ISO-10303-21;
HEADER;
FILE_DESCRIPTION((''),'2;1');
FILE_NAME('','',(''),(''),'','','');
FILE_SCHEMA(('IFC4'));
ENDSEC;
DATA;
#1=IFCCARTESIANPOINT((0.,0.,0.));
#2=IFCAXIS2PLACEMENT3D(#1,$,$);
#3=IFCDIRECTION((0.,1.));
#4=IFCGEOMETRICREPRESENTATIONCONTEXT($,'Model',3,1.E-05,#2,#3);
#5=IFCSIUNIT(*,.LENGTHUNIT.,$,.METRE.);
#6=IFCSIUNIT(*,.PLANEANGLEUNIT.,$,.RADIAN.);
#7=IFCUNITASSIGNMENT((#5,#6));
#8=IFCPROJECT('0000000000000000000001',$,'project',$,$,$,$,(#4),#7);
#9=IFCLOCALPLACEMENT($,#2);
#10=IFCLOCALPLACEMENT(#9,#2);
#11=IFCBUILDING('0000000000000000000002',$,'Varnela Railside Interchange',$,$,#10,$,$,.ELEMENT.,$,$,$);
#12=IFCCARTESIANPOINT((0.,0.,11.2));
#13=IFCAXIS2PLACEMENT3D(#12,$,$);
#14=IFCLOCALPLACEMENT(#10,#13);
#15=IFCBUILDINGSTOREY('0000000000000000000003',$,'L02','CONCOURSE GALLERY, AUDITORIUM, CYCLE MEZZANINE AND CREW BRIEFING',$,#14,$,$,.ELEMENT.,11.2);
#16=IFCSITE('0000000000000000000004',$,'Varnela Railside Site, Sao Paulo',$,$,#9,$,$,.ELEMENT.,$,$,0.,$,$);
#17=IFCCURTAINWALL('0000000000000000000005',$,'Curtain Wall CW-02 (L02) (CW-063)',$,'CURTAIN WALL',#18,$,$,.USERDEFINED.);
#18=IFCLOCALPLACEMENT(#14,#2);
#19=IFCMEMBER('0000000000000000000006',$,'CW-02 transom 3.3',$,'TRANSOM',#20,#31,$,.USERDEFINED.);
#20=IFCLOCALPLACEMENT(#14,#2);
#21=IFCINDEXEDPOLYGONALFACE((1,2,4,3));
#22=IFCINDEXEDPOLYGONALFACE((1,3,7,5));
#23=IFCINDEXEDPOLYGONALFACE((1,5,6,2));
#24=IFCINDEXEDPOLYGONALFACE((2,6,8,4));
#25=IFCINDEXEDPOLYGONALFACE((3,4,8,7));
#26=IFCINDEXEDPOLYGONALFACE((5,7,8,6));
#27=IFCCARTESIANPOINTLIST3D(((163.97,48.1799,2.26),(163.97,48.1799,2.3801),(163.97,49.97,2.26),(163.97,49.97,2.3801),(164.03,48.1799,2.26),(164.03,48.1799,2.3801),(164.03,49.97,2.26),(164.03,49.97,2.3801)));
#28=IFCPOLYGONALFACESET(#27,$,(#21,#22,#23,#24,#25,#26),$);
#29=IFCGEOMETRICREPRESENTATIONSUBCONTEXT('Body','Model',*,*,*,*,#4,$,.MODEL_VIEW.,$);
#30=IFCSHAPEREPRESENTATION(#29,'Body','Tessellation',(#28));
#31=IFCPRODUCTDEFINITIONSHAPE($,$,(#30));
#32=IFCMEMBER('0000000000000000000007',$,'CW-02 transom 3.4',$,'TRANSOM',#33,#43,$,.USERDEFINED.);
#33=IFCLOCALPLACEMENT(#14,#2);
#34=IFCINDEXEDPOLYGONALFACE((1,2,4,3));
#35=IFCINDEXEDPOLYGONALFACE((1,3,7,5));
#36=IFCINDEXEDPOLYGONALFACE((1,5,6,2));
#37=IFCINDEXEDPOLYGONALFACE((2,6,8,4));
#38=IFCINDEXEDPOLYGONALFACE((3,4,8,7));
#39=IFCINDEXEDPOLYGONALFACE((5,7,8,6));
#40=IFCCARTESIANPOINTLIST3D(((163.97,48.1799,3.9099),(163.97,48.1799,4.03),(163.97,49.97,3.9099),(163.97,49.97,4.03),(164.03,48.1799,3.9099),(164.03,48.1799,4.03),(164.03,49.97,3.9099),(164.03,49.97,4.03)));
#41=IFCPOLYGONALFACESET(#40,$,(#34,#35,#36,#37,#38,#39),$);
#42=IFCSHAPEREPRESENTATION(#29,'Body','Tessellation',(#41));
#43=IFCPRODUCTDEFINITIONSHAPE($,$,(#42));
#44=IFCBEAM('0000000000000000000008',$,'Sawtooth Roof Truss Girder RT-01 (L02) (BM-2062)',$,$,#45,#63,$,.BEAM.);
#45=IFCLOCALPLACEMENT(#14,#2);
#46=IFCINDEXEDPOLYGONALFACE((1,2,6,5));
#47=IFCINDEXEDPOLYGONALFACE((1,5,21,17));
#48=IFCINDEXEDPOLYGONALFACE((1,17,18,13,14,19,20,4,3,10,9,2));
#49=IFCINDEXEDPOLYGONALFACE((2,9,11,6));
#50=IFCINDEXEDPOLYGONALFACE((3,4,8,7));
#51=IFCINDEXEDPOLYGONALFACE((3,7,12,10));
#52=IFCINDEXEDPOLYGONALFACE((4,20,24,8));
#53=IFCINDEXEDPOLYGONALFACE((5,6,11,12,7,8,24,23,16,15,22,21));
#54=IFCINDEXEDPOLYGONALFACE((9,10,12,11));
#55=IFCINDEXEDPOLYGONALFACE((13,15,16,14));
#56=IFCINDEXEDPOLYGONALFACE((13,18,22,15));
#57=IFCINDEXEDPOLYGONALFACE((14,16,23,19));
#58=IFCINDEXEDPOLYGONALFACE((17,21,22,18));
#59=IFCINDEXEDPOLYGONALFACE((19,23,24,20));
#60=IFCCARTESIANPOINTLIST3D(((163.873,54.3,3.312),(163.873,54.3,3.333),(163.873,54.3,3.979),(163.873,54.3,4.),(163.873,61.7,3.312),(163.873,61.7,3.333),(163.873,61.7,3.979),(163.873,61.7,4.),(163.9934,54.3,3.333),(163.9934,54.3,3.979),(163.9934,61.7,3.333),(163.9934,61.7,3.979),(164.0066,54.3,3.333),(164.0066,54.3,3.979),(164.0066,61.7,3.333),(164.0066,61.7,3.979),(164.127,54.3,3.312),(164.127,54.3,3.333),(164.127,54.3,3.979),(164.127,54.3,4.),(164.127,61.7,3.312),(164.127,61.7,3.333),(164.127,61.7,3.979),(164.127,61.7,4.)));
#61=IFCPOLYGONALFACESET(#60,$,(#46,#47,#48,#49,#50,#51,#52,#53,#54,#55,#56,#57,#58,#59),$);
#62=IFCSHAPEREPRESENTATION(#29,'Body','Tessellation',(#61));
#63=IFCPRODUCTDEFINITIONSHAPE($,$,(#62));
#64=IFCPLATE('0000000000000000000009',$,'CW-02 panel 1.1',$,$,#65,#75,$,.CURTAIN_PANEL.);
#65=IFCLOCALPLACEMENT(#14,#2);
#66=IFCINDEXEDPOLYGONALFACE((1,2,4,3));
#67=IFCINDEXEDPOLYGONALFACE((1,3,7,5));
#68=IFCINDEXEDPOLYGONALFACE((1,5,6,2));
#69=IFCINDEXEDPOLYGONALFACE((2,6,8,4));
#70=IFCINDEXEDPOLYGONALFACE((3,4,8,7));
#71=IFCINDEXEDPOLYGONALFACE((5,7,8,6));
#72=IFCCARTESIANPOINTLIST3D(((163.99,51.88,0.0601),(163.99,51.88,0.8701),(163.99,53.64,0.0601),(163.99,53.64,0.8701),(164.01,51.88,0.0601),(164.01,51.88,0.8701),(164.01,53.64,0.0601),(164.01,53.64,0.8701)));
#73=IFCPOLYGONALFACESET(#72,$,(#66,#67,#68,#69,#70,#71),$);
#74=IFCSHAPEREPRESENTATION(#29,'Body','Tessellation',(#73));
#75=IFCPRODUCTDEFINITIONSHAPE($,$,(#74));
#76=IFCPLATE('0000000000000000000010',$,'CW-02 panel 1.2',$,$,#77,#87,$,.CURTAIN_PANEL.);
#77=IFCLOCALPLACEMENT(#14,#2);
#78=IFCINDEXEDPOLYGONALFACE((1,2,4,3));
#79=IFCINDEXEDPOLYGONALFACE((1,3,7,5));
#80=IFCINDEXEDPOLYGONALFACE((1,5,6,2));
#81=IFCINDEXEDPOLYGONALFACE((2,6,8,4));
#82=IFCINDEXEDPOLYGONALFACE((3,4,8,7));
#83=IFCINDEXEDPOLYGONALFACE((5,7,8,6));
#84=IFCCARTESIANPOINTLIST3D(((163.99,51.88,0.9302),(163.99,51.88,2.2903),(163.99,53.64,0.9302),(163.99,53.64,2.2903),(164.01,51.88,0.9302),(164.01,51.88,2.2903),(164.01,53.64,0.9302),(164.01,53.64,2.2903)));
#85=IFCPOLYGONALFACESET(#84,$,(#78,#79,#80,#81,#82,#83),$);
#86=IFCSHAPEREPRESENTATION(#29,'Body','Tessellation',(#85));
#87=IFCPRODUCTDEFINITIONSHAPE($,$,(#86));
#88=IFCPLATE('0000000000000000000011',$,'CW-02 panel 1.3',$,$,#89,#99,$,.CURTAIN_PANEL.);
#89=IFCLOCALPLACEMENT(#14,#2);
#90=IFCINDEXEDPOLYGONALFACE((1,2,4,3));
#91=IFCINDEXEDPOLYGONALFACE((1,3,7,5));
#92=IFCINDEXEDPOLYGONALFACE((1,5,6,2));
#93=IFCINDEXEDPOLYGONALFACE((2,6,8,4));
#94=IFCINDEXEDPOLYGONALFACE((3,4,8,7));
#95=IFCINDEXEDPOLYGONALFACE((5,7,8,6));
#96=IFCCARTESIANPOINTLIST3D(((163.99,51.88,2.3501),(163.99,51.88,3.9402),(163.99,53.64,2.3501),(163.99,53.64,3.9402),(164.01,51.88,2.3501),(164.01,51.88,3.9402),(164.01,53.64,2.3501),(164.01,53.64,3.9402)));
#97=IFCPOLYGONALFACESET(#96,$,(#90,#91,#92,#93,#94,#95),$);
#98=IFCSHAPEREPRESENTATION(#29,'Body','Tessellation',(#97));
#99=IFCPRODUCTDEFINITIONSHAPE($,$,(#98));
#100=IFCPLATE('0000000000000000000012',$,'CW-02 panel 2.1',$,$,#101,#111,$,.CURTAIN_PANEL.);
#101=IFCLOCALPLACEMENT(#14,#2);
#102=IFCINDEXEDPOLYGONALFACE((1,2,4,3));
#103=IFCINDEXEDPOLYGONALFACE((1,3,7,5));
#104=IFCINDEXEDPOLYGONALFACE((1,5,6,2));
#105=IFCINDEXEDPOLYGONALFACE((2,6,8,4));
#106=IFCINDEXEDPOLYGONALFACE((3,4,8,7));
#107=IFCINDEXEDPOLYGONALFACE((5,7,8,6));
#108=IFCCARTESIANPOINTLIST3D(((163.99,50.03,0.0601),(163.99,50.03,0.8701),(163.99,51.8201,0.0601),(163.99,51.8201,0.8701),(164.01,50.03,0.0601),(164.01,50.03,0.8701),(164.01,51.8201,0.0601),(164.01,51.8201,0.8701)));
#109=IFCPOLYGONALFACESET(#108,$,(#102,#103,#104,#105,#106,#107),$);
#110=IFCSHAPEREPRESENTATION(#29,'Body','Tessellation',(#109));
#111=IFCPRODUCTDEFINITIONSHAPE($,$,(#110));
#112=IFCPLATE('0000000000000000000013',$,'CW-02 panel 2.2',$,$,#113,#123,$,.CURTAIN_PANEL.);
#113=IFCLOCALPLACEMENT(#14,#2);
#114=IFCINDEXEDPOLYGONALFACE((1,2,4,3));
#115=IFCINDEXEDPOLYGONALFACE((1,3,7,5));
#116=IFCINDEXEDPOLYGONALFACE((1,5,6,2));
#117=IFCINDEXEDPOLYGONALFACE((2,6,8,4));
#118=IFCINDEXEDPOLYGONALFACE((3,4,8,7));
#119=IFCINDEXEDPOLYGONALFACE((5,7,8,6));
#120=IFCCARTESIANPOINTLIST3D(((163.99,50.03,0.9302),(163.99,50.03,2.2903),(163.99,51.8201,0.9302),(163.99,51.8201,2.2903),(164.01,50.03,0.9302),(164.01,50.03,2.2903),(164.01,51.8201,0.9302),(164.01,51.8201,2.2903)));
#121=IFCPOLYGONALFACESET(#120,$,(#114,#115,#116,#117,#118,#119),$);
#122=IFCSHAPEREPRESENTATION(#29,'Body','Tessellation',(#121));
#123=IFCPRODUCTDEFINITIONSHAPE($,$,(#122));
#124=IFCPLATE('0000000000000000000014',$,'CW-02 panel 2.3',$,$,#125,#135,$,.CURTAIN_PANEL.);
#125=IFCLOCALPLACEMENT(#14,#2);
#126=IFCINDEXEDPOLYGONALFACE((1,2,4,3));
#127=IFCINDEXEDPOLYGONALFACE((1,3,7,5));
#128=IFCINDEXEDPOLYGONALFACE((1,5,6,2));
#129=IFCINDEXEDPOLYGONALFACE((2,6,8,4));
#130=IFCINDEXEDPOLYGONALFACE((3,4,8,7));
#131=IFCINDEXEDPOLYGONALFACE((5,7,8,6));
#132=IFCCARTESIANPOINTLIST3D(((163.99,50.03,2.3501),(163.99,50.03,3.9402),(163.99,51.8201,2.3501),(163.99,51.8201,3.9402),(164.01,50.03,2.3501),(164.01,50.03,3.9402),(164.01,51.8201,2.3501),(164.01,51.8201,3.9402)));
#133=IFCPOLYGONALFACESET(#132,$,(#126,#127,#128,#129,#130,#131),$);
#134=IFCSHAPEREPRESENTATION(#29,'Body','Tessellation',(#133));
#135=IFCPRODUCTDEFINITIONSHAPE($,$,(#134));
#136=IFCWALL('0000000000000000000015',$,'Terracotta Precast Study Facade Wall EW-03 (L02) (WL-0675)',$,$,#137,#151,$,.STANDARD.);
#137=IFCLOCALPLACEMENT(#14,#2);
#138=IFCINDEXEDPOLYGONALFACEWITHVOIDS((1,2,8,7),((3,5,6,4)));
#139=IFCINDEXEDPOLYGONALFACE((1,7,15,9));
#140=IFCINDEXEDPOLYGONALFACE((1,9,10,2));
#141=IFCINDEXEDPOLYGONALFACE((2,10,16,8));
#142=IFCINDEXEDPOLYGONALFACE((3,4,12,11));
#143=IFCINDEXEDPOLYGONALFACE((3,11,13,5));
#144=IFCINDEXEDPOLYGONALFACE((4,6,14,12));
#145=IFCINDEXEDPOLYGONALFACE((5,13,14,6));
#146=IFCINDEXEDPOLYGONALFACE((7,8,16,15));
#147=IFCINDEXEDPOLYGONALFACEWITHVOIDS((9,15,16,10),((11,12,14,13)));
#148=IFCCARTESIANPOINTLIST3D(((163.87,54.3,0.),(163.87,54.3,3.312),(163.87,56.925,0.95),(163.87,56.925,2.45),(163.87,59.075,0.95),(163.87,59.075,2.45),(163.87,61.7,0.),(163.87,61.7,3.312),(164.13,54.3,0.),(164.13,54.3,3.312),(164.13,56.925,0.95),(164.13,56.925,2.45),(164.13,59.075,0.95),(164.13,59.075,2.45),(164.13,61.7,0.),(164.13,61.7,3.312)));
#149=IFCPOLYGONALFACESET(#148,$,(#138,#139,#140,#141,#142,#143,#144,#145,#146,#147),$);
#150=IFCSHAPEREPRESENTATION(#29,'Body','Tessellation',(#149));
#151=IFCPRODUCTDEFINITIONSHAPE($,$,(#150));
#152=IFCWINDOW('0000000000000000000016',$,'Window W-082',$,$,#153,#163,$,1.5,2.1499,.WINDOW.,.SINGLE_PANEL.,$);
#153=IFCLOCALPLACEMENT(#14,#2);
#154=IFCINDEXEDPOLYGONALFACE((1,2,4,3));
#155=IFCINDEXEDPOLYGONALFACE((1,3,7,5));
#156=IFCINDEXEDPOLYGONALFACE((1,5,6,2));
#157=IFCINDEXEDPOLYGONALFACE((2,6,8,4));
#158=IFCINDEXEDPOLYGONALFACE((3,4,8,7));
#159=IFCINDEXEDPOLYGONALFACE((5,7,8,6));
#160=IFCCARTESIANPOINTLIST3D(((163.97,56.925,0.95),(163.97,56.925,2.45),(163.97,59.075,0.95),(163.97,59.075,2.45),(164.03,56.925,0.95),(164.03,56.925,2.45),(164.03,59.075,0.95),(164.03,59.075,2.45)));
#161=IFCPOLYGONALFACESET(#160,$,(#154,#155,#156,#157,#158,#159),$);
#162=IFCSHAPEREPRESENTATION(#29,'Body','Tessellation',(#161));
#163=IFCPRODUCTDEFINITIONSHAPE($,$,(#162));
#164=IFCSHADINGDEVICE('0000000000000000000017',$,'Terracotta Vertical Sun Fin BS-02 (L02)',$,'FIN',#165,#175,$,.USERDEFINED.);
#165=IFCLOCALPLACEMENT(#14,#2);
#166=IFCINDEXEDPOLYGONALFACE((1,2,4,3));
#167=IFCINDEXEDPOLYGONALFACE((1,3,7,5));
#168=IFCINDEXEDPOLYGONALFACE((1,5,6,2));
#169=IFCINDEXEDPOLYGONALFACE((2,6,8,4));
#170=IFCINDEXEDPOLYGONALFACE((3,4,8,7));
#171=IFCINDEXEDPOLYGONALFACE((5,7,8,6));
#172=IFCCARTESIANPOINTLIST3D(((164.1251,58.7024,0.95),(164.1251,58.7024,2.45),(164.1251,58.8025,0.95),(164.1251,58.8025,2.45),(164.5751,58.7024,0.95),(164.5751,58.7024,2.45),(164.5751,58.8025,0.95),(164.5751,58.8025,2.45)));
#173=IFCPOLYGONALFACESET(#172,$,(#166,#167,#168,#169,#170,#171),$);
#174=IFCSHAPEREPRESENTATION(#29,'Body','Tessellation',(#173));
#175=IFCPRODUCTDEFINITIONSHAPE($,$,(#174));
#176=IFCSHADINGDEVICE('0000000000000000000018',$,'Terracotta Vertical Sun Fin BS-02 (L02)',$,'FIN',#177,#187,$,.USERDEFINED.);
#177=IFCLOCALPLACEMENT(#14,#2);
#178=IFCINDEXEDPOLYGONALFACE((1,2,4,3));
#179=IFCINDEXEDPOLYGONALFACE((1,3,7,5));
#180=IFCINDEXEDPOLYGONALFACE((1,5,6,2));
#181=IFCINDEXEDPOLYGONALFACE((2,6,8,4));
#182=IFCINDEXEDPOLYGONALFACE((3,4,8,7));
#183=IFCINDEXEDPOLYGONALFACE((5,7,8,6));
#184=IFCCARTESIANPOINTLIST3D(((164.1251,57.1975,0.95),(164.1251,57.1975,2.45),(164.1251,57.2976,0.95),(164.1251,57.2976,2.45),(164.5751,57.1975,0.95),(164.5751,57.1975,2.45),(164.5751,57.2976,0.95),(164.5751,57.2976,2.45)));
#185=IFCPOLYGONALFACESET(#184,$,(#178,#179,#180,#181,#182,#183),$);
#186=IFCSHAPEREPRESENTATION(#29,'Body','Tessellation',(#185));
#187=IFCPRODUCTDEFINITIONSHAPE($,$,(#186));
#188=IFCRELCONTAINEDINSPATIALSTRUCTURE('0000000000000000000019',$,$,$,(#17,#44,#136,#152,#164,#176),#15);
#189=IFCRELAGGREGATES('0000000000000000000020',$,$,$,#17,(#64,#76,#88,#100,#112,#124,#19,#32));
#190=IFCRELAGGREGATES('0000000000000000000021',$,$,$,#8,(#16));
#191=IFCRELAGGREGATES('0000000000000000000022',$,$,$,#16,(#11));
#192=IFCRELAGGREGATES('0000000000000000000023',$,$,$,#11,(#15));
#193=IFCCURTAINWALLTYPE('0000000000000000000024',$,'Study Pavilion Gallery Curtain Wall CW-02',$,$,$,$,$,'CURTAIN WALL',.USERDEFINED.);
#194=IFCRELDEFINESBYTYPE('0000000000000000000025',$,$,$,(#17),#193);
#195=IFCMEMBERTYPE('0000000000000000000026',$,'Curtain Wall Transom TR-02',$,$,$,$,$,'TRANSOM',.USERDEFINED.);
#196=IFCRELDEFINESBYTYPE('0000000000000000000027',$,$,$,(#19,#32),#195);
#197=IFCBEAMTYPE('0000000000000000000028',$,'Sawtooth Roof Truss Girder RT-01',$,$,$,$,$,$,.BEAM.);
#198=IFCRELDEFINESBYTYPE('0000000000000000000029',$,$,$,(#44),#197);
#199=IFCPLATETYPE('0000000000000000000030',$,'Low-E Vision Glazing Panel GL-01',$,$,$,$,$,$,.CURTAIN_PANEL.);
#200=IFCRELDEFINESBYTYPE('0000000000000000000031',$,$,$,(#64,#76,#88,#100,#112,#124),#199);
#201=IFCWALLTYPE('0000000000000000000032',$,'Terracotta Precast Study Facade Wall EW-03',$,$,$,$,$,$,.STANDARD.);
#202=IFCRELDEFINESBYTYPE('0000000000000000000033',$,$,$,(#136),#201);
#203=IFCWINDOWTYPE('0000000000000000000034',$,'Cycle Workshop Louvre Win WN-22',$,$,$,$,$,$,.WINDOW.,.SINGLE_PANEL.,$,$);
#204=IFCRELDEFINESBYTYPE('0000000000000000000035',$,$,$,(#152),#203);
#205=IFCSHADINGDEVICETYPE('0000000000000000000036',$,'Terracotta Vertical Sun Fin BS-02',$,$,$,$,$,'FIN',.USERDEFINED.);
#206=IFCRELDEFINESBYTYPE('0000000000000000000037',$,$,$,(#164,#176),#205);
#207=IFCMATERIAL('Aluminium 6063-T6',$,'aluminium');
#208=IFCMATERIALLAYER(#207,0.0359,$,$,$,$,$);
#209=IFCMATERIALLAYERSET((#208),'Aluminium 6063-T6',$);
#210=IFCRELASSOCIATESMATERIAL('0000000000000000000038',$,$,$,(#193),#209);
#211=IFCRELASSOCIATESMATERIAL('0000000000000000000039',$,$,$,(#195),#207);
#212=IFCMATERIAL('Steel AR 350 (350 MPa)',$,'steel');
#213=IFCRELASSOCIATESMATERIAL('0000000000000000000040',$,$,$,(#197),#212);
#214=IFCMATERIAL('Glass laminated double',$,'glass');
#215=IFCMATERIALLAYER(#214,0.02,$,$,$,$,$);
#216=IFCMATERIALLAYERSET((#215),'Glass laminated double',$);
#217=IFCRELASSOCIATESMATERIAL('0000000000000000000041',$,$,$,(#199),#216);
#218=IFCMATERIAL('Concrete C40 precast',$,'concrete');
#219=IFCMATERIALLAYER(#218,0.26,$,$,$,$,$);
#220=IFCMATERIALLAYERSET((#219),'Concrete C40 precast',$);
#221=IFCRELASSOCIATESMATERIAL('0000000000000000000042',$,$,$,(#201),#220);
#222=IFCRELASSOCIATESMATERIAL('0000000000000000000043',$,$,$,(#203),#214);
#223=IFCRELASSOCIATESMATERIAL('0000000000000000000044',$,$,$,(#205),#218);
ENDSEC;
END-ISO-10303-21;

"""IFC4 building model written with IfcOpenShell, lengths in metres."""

from ifc_helpers import new_model, si_unit, direction, frame, frame_2d, origin, origin_2d, place, context, subcontext, project, spatial, rectangle, i_section, extrude, material, layer, layer_set, material_profile, profile_set, type_object, element, fill, aggregate, save


model = new_model("IFC4")

# Units and contexts
model_context = context("Model", 3, precision=1e-05, world=origin(), true_north=direction((0.0, 1.0)))
body_context = subcontext(model_context, "Body", "Model", "MODEL_VIEW")
ifc_project = project(units=[si_unit("LENGTHUNIT", "METRE"), si_unit("PLANEANGLEUNIT", "RADIAN")], contexts=[model_context])

# Site, building, storey
site_placement = place(None, origin())
site = spatial("IfcSite", under=ifc_project, at=site_placement, Name="Varnela Railside Site, Sao Paulo", CompositionType="ELEMENT", RefElevation=0.0)
building_placement = place(site_placement, origin())
building = spatial("IfcBuilding", under=site, at=building_placement, Name="Varnela Railside Interchange", CompositionType="ELEMENT")
storey_placement = place(building_placement, frame((0.0, 0.0, 11.2)))
storey = spatial("IfcBuildingStorey", under=building, at=storey_placement, Name="L02", Description="CONCOURSE GALLERY, AUDITORIUM, CYCLE MEZZANINE AND CREW BRIEFING", CompositionType="ELEMENT", Elevation=11.2)

# Curtain wall, members
ifc_material_1 = material(Name="Aluminium 6063-T6", Category="aluminium")
ifc_layer_1 = layer(ifc_material_1, 0.0359)
ifc_layer_set_1 = layer_set([ifc_layer_1], Name="Aluminium 6063-T6")
curtain_wall_type = type_object("IfcCurtainWallType", Name="Study Pavilion Gallery Curtain Wall CW-02", ElementType="CURTAIN WALL", PredefinedType="USERDEFINED", material=ifc_layer_set_1)
curtain_wall_placement = place(storey_placement, origin())
curtain_wall = element("IfcCurtainWall", 1, at=curtain_wall_placement, inside=storey, type_object=curtain_wall_type, Name="Curtain Wall CW-02 (L02) (CW-063)", ObjectType="CURTAIN WALL", PredefinedType="USERDEFINED")
ifc_material_profile_1 = material_profile(ifc_material_1, rectangle(XDim=0.0601, YDim=0.1201, at=origin_2d()), Name="ALU 60x120")
ifc_profile_set_1 = profile_set([ifc_material_profile_1], Name="Aluminium 6063-T6")
member_type_1 = type_object("IfcMemberType", Name="Curtain Wall Transom TR-02", ElementType="TRANSOM", PredefinedType="USERDEFINED", material=ifc_profile_set_1)
member_1_placement = place(storey_placement, frame((164.0, 49.97, 2.3201), z_axis=(0.0, -1.0, 0.0), x_axis=(1.0, 0.0, 0.0)))
member_1 = element("IfcMember", 2, at=member_1_placement, type_object=member_type_1, Name="CW-02 transom 3.3", ObjectType="TRANSOM", PredefinedType="USERDEFINED", context=body_context, shape_type="SweptSolid", body=[
    extrude(rectangle(XDim=0.0601, YDim=0.1201, at=origin_2d()), origin(), (0.0, 0.0, 1.0), 1.79),
])
member_2_placement = place(storey_placement, frame((164.0, 49.97, 3.97), z_axis=(0.0, -1.0, 0.0), x_axis=(1.0, 0.0, 0.0)))
member_2 = element("IfcMember", 3, at=member_2_placement, type_object=member_type_1, Name="CW-02 transom 3.4", ObjectType="TRANSOM", PredefinedType="USERDEFINED", context=body_context, shape_type="SweptSolid", body=[
    extrude(rectangle(XDim=0.0601, YDim=0.1201, at=origin_2d()), origin(), (0.0, 0.0, 1.0), 1.79),
])

# Beam
ifc_material_2 = material(Name="Steel AR 350 (350 MPa)", Category="steel")
ifc_material_profile_2 = material_profile(ifc_material_2, i_section(OverallWidth=0.2539, OverallDepth=0.688, WebThickness=0.0132, FlangeThickness=0.021, at=origin_2d()), Name="W690x152")
ifc_profile_set_2 = profile_set([ifc_material_profile_2], Name="Steel AR 350 (350 MPa)")
beam_type = type_object("IfcBeamType", Name="Sawtooth Roof Truss Girder RT-01", PredefinedType="BEAM", material=ifc_profile_set_2)
beam_placement = place(storey_placement, frame((164.0, 54.3, 3.656), z_axis=(0.0, 1.0, 0.0), x_axis=(-1.0, 0.0, 0.0)))
element("IfcBeam", 4, at=beam_placement, inside=storey, type_object=beam_type, Name="Sawtooth Roof Truss Girder RT-01 (L02) (BM-2062)", PredefinedType="BEAM", context=body_context, shape_type="SweptSolid", body=[
    extrude(i_section(OverallWidth=0.2539, OverallDepth=0.688, WebThickness=0.0132, FlangeThickness=0.021, at=origin_2d()), origin(), (0.0, 0.0, 1.0), 7.3999),
])

# Plates
ifc_material_3 = material(Name="Glass laminated double", Category="glass")
ifc_layer_2 = layer(ifc_material_3, 0.02)
ifc_layer_set_2 = layer_set([ifc_layer_2], Name="Glass laminated double")
plate_type = type_object("IfcPlateType", Name="Low-E Vision Glazing Panel GL-01", PredefinedType="CURTAIN_PANEL", material=ifc_layer_set_2)
plate_1_placement = place(storey_placement, frame((164.0, 52.76, 0.0601), z_axis=(0.0, 0.0, 1.0), x_axis=(0.0, -1.0, 0.0)))
plate_1 = element("IfcPlate", 5, at=plate_1_placement, type_object=plate_type, Name="CW-02 panel 1.1", PredefinedType="CURTAIN_PANEL", context=body_context, shape_type="SweptSolid", body=[
    extrude(rectangle(XDim=1.76, YDim=0.02, at=origin_2d()), origin(), (0.0, 0.0, 1.0), 0.8101),
])
plate_2_placement = place(storey_placement, frame((164.0, 52.76, 0.9302), z_axis=(0.0, 0.0, 1.0), x_axis=(0.0, -1.0, 0.0)))
plate_2 = element("IfcPlate", 6, at=plate_2_placement, type_object=plate_type, Name="CW-02 panel 1.2", PredefinedType="CURTAIN_PANEL", context=body_context, shape_type="SweptSolid", body=[
    extrude(rectangle(XDim=1.76, YDim=0.02, at=origin_2d()), origin(), (0.0, 0.0, 1.0), 1.3601),
])
plate_3_placement = place(storey_placement, frame((164.0, 52.76, 2.3501), z_axis=(0.0, 0.0, 1.0), x_axis=(0.0, -1.0, 0.0)))
plate_3 = element("IfcPlate", 7, at=plate_3_placement, type_object=plate_type, Name="CW-02 panel 1.3", PredefinedType="CURTAIN_PANEL", context=body_context, shape_type="SweptSolid", body=[
    extrude(rectangle(XDim=1.76, YDim=0.02, at=origin_2d()), origin(), (0.0, 0.0, 1.0), 1.5901),
])
plate_4_placement = place(storey_placement, frame((164.0, 50.925, 0.0601), z_axis=(0.0, 0.0, 1.0), x_axis=(0.0, -1.0, 0.0)))
plate_4 = element("IfcPlate", 8, at=plate_4_placement, type_object=plate_type, Name="CW-02 panel 2.1", PredefinedType="CURTAIN_PANEL", context=body_context, shape_type="SweptSolid", body=[
    extrude(rectangle(XDim=1.79, YDim=0.02, at=origin_2d()), origin(), (0.0, 0.0, 1.0), 0.8101),
])
plate_5_placement = place(storey_placement, frame((164.0, 50.925, 0.9302), z_axis=(0.0, 0.0, 1.0), x_axis=(0.0, -1.0, 0.0)))
plate_5 = element("IfcPlate", 9, at=plate_5_placement, type_object=plate_type, Name="CW-02 panel 2.2", PredefinedType="CURTAIN_PANEL", context=body_context, shape_type="SweptSolid", body=[
    extrude(rectangle(XDim=1.79, YDim=0.02, at=origin_2d()), origin(), (0.0, 0.0, 1.0), 1.3601),
])
plate_6_placement = place(storey_placement, frame((164.0, 50.925, 2.3501), z_axis=(0.0, 0.0, 1.0), x_axis=(0.0, -1.0, 0.0)))
plate_6 = element("IfcPlate", 10, at=plate_6_placement, type_object=plate_type, Name="CW-02 panel 2.3", PredefinedType="CURTAIN_PANEL", context=body_context, shape_type="SweptSolid", body=[
    extrude(rectangle(XDim=1.79, YDim=0.02, at=origin_2d()), origin(), (0.0, 0.0, 1.0), 1.5901),
])
aggregate(curtain_wall, [plate_1, plate_2, plate_3, plate_4, plate_5, plate_6, member_1, member_2])

# Wall, opening, window
ifc_material_4 = material(Name="Concrete C40 precast", Category="concrete")
ifc_layer_3 = layer(ifc_material_4, 0.26)
ifc_layer_set_3 = layer_set([ifc_layer_3], Name="Concrete C40 precast")
wall_type = type_object("IfcWallType", Name="Terracotta Precast Study Facade Wall EW-03", PredefinedType="STANDARD", material=ifc_layer_set_3)
wall_placement = place(storey_placement, frame((164.0, 61.7, 0.0), z_axis=(0.0, 0.0, 1.0), x_axis=(0.0, -1.0, 0.0)))
wall = element("IfcWall", 11, at=wall_placement, inside=storey, type_object=wall_type, Name="Terracotta Precast Study Facade Wall EW-03 (L02) (WL-0675)", PredefinedType="STANDARD", context=body_context, shape_type="SweptSolid", body=[
    extrude(rectangle(XDim=7.3999, YDim=0.26, at=frame_2d((3.7, 0.0))), origin(), (0.0, 0.0, 1.0), 3.312),
])
opening_placement = place(wall_placement, frame((2.625, 0.0, 0.95)))
opening = element("IfcOpeningElement", 12, at=opening_placement, cuts=wall, PredefinedType="OPENING", context=body_context, shape_type="SweptSolid", body=[
    extrude(rectangle(XDim=2.1499, YDim=1.5, at=frame_2d((1.075, 0.75))), frame((0.0, 0.1399, 0.0), z_axis=(0.0, -1.0, 0.0), x_axis=(1.0, 0.0, 0.0)), (0.0, 0.0, 1.0), 0.28),
])
window_type = type_object("IfcWindowType", Name="Cycle Workshop Louvre Win WN-22", PartitioningType="SINGLE_PANEL", PredefinedType="WINDOW", material=ifc_material_3)
window_placement = place(opening_placement, origin())
window = element("IfcWindow", 13, at=window_placement, inside=storey, type_object=window_type, Name="Window W-082", OverallHeight=1.5, OverallWidth=2.1499, PartitioningType="SINGLE_PANEL", PredefinedType="WINDOW", context=body_context, shape_type="SweptSolid", body=[
    extrude(rectangle(XDim=2.1499, YDim=1.5, at=frame_2d((1.075, 0.75))), frame((0.0, 0.03, 0.0), z_axis=(0.0, -1.0, 0.0), x_axis=(1.0, 0.0, 0.0)), (0.0, 0.0, 1.0), 0.0601),
])
fill(opening, window)

# Shading devices
shading_device_type = type_object("IfcShadingDeviceType", Name="Terracotta Vertical Sun Fin BS-02", ElementType="FIN", PredefinedType="USERDEFINED", material=ifc_material_4)
for number, where, z_axis, x_axis, name in (
    (14, (164.3501, 58.7524, 0.95), (0.0, 0.0, 1.0), (1.0, 0.0, 0.0), "Terracotta Vertical Sun Fin BS-02 (L02)"),
    (15, (164.3501, 57.2476, 0.95), (0.0, 0.0, 1.0), (1.0, 0.0, 0.0), "Terracotta Vertical Sun Fin BS-02 (L02)"),
):
    element("IfcShadingDevice", number, at=place(storey_placement, frame(where, z_axis=z_axis, x_axis=x_axis)), inside=storey, type_object=shading_device_type, Name=name, ObjectType="FIN", PredefinedType="USERDEFINED", context=body_context, shape_type="SweptSolid", body=[
        extrude(rectangle(XDim=0.45, YDim=0.1001, at=origin_2d()), origin(), (0.0, 0.0, 1.0), 1.5),
    ])

save(model, "model.ifc")
